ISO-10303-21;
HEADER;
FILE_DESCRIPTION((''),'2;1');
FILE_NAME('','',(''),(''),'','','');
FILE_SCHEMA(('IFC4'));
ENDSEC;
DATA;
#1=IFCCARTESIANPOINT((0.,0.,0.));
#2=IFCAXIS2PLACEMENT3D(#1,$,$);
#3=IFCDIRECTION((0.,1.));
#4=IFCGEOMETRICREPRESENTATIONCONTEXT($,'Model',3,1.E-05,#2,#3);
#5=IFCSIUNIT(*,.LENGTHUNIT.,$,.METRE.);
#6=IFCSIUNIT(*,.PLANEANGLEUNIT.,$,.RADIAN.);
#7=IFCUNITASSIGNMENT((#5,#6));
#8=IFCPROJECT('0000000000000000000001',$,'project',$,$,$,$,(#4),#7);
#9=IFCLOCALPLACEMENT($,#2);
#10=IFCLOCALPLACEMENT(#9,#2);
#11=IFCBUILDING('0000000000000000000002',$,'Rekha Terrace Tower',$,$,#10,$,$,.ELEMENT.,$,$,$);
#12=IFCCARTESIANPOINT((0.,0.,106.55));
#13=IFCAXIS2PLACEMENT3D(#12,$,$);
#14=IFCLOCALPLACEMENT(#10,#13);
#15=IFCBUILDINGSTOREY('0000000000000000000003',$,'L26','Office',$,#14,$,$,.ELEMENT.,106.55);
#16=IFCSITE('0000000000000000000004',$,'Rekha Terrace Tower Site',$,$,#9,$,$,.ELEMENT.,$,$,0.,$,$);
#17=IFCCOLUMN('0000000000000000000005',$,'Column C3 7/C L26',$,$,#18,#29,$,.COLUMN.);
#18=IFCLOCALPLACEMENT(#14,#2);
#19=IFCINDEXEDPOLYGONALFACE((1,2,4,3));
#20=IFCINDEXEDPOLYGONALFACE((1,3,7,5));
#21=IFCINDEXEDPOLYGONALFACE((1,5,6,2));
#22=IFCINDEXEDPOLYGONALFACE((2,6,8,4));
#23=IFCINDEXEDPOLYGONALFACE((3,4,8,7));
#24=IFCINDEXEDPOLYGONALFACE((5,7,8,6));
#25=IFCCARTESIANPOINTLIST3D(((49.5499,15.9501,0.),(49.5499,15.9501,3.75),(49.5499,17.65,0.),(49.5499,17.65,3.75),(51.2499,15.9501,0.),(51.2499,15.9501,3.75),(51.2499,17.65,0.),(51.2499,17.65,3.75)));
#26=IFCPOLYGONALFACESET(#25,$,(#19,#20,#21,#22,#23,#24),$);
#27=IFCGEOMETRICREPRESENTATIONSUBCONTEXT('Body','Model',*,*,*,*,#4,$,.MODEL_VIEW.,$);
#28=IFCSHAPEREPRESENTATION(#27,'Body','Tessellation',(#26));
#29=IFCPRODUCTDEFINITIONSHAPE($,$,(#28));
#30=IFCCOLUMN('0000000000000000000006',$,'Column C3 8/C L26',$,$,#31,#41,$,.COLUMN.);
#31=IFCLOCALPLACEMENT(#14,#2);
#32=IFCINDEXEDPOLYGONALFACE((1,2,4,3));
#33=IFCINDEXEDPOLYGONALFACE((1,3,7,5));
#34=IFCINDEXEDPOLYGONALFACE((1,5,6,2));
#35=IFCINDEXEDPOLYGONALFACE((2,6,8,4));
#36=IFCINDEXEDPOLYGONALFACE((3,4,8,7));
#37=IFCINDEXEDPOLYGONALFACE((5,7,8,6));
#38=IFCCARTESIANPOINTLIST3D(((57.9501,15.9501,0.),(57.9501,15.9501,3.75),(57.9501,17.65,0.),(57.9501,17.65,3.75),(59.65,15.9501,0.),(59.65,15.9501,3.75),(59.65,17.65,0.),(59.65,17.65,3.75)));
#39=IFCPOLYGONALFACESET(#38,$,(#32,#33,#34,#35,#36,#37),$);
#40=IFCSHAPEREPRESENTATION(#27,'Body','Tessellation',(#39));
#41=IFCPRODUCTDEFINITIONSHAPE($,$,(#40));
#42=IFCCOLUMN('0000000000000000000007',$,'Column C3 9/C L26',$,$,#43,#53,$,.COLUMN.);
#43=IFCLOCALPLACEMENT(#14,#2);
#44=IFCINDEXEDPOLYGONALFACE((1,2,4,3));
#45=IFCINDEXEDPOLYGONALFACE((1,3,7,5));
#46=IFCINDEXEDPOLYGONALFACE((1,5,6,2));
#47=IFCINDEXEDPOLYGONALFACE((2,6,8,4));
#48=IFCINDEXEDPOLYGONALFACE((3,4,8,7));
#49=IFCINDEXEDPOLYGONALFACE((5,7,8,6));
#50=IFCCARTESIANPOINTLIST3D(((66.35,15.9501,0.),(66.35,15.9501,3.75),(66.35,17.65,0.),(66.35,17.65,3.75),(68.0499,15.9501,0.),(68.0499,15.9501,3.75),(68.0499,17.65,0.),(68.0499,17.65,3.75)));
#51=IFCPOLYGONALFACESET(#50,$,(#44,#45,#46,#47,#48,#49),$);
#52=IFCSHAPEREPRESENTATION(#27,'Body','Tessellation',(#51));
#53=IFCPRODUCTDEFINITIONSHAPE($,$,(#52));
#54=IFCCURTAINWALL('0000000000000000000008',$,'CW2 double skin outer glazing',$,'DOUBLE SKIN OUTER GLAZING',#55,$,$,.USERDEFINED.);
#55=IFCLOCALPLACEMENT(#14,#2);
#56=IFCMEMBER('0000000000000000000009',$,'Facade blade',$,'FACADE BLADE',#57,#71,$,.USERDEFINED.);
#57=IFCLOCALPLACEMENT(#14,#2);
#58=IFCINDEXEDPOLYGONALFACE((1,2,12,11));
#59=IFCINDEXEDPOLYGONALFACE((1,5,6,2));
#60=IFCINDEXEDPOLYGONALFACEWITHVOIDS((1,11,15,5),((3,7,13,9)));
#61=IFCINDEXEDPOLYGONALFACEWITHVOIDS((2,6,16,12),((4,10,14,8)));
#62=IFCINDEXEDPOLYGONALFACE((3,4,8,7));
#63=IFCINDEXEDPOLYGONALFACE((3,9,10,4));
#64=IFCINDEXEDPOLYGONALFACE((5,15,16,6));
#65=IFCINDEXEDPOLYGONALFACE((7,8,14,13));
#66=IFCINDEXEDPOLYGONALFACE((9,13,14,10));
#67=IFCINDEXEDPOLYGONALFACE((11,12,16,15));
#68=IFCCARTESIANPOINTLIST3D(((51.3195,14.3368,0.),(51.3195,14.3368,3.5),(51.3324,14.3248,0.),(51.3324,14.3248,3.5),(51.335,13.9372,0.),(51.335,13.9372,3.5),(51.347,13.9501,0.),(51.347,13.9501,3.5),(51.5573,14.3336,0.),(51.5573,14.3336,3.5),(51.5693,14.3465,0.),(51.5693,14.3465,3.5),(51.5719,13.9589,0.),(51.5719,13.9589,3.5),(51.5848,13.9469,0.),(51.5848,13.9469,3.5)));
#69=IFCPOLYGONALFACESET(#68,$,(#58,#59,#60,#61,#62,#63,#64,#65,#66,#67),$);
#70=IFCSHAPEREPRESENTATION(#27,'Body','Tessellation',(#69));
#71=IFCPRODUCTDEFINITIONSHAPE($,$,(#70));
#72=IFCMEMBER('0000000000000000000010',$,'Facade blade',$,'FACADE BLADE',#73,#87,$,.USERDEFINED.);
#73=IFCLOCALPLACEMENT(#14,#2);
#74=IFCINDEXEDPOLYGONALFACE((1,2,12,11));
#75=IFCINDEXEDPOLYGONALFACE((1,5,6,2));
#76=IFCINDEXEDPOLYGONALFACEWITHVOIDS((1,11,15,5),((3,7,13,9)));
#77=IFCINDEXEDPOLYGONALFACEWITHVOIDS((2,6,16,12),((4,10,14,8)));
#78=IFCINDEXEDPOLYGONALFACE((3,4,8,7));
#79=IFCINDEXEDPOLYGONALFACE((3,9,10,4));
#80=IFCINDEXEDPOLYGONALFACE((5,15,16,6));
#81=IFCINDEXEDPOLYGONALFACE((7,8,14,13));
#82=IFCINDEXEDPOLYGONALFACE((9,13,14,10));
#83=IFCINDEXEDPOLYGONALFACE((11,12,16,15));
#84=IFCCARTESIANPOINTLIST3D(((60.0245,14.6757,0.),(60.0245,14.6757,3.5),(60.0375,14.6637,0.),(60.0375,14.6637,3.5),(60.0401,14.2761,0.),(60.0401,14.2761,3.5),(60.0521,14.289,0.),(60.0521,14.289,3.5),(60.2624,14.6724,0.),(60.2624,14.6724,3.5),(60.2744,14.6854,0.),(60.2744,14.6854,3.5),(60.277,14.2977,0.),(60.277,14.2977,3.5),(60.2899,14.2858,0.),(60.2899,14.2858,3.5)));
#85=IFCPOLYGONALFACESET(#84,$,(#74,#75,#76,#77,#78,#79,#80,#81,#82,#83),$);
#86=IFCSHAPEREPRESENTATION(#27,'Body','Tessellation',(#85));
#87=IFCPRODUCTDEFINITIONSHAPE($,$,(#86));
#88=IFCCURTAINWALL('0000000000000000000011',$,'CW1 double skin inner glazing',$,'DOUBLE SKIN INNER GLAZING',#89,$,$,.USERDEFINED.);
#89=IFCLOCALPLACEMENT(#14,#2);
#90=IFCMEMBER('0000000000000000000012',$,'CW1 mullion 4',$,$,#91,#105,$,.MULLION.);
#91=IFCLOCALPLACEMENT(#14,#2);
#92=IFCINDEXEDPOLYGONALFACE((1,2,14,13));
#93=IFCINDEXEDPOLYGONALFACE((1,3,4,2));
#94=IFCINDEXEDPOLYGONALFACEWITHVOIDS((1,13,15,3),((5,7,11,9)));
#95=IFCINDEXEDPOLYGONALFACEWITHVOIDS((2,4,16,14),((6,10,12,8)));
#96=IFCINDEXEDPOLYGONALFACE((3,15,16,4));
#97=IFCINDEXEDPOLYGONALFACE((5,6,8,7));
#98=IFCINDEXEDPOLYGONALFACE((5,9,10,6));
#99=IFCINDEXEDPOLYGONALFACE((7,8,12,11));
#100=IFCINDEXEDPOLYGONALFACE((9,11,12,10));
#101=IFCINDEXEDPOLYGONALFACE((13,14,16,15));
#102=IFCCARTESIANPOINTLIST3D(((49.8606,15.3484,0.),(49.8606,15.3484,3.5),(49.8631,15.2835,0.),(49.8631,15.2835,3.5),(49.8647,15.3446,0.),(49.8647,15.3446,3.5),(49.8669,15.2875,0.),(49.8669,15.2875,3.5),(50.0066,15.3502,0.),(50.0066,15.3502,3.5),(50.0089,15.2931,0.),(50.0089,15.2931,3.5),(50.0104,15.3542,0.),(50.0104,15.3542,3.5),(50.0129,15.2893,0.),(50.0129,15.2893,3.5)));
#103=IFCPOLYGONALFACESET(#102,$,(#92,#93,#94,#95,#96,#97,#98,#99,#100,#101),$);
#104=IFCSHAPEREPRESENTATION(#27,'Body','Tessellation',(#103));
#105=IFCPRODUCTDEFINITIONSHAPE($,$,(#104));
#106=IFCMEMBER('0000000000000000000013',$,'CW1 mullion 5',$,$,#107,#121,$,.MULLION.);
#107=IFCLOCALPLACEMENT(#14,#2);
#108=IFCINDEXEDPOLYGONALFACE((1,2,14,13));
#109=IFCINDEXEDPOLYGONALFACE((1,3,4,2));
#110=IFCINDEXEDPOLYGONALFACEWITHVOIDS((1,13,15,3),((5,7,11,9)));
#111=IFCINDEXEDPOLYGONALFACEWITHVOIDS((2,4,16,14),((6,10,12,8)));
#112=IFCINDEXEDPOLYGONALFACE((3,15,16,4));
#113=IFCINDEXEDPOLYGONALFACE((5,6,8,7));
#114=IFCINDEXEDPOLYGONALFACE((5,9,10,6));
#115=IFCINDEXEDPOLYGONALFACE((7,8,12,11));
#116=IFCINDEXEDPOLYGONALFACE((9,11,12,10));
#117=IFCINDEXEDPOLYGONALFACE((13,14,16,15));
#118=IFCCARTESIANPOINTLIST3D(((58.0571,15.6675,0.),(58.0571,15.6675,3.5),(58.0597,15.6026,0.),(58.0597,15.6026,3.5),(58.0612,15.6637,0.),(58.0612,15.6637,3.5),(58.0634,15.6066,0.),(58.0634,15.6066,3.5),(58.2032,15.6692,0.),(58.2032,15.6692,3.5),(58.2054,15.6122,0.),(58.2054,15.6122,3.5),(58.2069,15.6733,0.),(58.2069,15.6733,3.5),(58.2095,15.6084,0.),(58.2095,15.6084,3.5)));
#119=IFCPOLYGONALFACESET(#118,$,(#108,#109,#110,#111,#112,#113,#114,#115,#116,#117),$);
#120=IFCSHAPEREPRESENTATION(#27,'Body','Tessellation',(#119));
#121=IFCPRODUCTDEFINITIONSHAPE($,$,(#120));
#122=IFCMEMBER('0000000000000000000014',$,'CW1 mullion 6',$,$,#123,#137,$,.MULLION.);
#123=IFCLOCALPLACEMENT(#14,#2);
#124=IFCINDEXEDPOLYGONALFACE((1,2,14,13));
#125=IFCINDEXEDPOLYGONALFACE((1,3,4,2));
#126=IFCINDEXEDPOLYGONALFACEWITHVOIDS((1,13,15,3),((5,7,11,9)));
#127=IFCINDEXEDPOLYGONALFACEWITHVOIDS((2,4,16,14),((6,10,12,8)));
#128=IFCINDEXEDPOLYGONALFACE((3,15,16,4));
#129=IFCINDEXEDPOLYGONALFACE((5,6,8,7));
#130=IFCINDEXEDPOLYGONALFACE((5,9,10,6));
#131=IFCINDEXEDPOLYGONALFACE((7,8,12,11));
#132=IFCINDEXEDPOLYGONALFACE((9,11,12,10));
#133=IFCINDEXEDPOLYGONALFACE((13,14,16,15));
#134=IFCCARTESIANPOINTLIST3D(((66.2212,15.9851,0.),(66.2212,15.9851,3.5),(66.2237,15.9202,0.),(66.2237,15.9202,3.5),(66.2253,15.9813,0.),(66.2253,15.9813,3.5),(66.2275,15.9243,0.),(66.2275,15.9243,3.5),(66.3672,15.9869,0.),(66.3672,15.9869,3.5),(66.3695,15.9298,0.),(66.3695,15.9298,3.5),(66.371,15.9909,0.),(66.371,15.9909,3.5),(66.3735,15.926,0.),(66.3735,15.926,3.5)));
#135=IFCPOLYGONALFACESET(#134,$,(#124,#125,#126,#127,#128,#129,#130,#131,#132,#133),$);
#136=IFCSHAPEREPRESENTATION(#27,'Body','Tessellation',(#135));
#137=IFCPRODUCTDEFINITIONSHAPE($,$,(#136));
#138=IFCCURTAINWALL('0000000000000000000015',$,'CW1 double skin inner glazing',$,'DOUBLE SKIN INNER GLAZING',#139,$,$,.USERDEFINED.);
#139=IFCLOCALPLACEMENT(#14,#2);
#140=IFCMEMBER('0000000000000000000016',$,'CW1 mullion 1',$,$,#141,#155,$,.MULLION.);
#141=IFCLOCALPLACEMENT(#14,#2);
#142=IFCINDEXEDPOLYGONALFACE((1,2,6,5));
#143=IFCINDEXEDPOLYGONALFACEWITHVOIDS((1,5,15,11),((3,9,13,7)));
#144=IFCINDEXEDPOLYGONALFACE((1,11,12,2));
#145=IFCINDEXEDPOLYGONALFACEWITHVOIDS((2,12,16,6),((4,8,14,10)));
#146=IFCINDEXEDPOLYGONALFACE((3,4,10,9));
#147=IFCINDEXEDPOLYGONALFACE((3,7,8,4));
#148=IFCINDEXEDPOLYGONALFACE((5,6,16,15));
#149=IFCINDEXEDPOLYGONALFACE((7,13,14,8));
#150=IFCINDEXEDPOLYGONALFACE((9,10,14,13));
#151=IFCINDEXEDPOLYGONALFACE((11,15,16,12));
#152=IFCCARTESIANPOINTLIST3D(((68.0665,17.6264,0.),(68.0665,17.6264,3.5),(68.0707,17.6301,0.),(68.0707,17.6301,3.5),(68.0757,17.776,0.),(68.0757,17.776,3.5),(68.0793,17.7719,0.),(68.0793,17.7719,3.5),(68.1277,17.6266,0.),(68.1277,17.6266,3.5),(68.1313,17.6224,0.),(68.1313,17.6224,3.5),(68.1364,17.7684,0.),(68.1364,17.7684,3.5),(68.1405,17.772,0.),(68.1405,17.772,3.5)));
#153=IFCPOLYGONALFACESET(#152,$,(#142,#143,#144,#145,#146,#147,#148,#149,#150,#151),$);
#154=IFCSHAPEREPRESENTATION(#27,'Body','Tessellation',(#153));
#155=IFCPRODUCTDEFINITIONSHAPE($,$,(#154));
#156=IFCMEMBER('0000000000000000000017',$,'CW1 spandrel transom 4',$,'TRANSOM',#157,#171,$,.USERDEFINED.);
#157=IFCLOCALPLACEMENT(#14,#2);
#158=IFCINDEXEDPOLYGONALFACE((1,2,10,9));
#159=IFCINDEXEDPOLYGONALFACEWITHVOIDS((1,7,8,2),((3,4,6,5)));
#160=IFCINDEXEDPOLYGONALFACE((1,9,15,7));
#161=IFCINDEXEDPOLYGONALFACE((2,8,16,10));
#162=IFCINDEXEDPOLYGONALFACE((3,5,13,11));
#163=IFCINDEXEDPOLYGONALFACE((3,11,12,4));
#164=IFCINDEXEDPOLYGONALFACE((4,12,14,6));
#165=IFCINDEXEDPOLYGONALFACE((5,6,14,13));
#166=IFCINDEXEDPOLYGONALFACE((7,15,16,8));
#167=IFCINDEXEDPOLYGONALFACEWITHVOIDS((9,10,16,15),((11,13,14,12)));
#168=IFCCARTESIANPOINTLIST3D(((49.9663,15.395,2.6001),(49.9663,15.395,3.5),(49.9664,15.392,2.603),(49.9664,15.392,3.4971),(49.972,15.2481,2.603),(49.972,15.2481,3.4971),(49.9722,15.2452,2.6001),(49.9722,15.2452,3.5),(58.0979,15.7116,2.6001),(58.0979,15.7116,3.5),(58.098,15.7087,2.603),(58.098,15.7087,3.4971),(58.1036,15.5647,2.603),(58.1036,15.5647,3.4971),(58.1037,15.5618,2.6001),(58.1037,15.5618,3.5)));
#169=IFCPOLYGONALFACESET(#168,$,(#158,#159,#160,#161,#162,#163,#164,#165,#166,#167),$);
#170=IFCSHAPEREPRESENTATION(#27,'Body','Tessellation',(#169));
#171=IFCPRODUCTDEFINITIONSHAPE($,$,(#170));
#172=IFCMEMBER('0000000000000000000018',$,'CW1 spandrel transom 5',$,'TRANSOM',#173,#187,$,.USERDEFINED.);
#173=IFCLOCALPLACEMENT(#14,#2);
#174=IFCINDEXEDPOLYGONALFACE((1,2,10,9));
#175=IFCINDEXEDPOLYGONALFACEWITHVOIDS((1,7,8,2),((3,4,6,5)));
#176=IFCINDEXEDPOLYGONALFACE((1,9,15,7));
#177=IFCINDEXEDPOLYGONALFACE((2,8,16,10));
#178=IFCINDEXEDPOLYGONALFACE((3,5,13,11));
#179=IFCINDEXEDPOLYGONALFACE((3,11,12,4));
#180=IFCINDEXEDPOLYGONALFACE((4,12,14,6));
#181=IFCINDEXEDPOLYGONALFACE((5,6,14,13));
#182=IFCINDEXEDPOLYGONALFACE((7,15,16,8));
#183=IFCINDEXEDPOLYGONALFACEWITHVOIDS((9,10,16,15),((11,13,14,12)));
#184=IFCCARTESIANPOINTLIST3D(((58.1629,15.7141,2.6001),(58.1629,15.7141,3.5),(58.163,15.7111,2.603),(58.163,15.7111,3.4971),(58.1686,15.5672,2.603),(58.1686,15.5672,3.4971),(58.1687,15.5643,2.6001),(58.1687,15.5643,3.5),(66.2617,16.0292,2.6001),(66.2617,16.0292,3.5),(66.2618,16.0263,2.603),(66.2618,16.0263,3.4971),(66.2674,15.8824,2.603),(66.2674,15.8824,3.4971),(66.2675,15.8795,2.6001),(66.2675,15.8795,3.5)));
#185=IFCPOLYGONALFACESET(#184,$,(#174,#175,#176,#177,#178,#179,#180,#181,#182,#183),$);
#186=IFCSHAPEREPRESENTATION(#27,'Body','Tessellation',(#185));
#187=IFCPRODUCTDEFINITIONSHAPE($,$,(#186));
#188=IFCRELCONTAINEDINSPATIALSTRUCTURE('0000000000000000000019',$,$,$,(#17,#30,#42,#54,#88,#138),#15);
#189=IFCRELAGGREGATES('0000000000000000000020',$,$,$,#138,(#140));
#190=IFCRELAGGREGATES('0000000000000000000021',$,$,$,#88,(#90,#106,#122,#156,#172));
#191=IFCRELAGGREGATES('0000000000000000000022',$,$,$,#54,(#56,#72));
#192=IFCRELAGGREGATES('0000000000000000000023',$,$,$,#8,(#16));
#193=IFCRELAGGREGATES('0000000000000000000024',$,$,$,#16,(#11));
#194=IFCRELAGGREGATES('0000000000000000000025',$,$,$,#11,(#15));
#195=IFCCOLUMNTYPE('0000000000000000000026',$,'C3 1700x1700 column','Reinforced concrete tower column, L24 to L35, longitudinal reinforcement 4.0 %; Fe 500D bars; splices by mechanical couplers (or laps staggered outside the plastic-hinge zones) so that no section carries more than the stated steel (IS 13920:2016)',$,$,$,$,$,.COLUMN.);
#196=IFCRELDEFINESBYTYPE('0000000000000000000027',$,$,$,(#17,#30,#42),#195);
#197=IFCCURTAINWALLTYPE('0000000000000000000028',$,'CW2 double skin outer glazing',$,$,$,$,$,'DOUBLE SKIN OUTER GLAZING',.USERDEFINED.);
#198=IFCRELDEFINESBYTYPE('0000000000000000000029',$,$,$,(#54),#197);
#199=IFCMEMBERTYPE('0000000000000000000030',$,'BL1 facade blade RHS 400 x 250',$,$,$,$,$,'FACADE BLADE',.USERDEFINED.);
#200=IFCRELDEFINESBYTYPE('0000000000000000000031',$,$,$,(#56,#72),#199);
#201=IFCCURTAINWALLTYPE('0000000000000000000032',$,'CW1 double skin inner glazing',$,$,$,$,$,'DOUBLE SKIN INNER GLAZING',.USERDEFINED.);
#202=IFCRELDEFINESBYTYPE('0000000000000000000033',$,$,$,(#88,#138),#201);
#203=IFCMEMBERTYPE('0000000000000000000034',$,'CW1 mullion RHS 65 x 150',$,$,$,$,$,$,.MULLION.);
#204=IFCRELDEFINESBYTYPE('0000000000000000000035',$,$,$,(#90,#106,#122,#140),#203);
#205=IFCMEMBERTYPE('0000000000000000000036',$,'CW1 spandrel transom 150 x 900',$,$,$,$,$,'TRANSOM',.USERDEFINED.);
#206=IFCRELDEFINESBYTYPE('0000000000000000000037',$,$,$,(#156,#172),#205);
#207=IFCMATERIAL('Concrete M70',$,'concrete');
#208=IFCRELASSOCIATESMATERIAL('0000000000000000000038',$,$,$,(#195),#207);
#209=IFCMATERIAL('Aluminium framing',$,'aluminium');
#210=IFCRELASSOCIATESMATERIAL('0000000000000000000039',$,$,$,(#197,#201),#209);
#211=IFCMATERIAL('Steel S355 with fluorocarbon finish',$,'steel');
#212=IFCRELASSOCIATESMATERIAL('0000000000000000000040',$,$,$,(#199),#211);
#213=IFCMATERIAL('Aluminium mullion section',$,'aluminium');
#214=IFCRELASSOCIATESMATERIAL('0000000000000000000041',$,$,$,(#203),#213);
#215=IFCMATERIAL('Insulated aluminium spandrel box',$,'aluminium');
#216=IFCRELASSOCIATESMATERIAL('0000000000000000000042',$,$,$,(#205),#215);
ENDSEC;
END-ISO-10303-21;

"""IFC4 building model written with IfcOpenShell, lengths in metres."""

from ifc_helpers import new_model, si_unit, direction, frame, origin, origin_2d, place, context, subcontext, project, spatial, rectangle, hollow_rectangle, extrude, material, material_profile, profile_set, type_object, element, aggregate, save


model = new_model("IFC4")

# Units and contexts
model_context = context("Model", 3, precision=1e-05, world=origin(), true_north=direction((0.0, 1.0)))
body_context = subcontext(model_context, "Body", "Model", "MODEL_VIEW")
ifc_project = project(units=[si_unit("LENGTHUNIT", "METRE"), si_unit("PLANEANGLEUNIT", "RADIAN")], contexts=[model_context])

# Site, building, storey
site_placement = place(None, origin())
site = spatial("IfcSite", under=ifc_project, at=site_placement, Name="Rekha Terrace Tower Site", CompositionType="ELEMENT", RefElevation=0.0)
building_placement = place(site_placement, origin())
building = spatial("IfcBuilding", under=site, at=building_placement, Name="Rekha Terrace Tower", CompositionType="ELEMENT")
storey_placement = place(building_placement, frame((0.0, 0.0, 106.55)))
storey = spatial("IfcBuildingStorey", under=building, at=storey_placement, Name="L26", Description="Office", CompositionType="ELEMENT", Elevation=106.55)

# Columns
ifc_material_1 = material(Name="Concrete M70", Category="concrete")
ifc_material_profile_1 = material_profile(ifc_material_1, rectangle(XDim=1.7, YDim=1.7, at=origin_2d()), Name="RC 1700x1700")
ifc_profile_set_1 = profile_set([ifc_material_profile_1], Name="Concrete M70")
column_type = type_object("IfcColumnType", Name="C3 1700x1700 column", Description="Reinforced concrete tower column, L24 to L35, longitudinal reinforcement 4.0 %; Fe 500D bars; splices by mechanical couplers (or laps staggered outside the plastic-hinge zones) so that no section carries more than the stated steel (IS 13920:2016)", PredefinedType="COLUMN", material=ifc_profile_set_1)
for number, where, z_axis, x_axis, name in (
    (1, (50.3999, 16.8, 0.0), (0.0, 0.0, 1.0), (1.0, 0.0, 0.0), "Column C3 7/C L26"),
    (2, (58.8, 16.8, 0.0), (0.0, 0.0, 1.0), (1.0, 0.0, 0.0), "Column C3 8/C L26"),
    (3, (67.2, 16.8, 0.0), (0.0, 0.0, 1.0), (1.0, 0.0, 0.0), "Column C3 9/C L26"),
):
    element("IfcColumn", number, at=place(storey_placement, frame(where, z_axis=z_axis, x_axis=x_axis)), inside=storey, type_object=column_type, Name=name, PredefinedType="COLUMN", context=body_context, shape_type="SweptSolid", body=[
        extrude(rectangle(XDim=1.7, YDim=1.7, at=origin_2d()), origin(), (0.0, 0.0, 1.0), 3.75),
    ])

# Curtain walls, members
ifc_material_2 = material(Name="Aluminium framing", Category="aluminium")
curtain_wall_type_1 = type_object("IfcCurtainWallType", Name="CW2 double skin outer glazing", ElementType="DOUBLE SKIN OUTER GLAZING", PredefinedType="USERDEFINED", material=ifc_material_2)
curtain_wall_1_placement = place(storey_placement, origin())
curtain_wall_1 = element("IfcCurtainWall", 4, at=curtain_wall_1_placement, inside=storey, type_object=curtain_wall_type_1, Name="CW2 double skin outer glazing", ObjectType="DOUBLE SKIN OUTER GLAZING", PredefinedType="USERDEFINED")
ifc_material_3 = material(Name="Steel S355 with fluorocarbon finish", Category="steel")
ifc_material_profile_2 = material_profile(ifc_material_3, hollow_rectangle(XDim=0.25, YDim=0.3999, WallThickness=0.0125, at=origin_2d()), Name="RHS400x250x12.5")
ifc_profile_set_2 = profile_set([ifc_material_profile_2], Name="Steel S355 with fluorocarbon finish")
member_type_1 = type_object("IfcMemberType", Name="BL1 facade blade RHS 400 x 250", ElementType="FACADE BLADE", PredefinedType="USERDEFINED", material=ifc_profile_set_2)
member_1_placement = place(storey_placement, frame((51.4521, 14.1418, 0.0), z_axis=(0.0, 0.0, 1.0), x_axis=(0.999243, 0.03889, 0.0)))
member_1 = element("IfcMember", 5, at=member_1_placement, type_object=member_type_1, Name="Facade blade", ObjectType="FACADE BLADE", PredefinedType="USERDEFINED", context=body_context, shape_type="SweptSolid", body=[
    extrude(hollow_rectangle(XDim=0.25, YDim=0.3999, WallThickness=0.0125, at=origin_2d()), origin(), (0.0, 0.0, 1.0), 3.5),
])
member_2_placement = place(storey_placement, frame((60.1572, 14.4807, 0.0), z_axis=(0.0, 0.0, 1.0), x_axis=(0.999243, 0.03889, 0.0)))
member_2 = element("IfcMember", 6, at=member_2_placement, type_object=member_type_1, Name="Facade blade", ObjectType="FACADE BLADE", PredefinedType="USERDEFINED", context=body_context, shape_type="SweptSolid", body=[
    extrude(hollow_rectangle(XDim=0.25, YDim=0.3999, WallThickness=0.0125, at=origin_2d()), origin(), (0.0, 0.0, 1.0), 3.5),
])
curtain_wall_type_2 = type_object("IfcCurtainWallType", Name="CW1 double skin inner glazing", ElementType="DOUBLE SKIN INNER GLAZING", PredefinedType="USERDEFINED", material=ifc_material_2)
curtain_wall_2_placement = place(storey_placement, origin())
curtain_wall_2 = element("IfcCurtainWall", 7, at=curtain_wall_2_placement, inside=storey, type_object=curtain_wall_type_2, Name="CW1 double skin inner glazing", ObjectType="DOUBLE SKIN INNER GLAZING", PredefinedType="USERDEFINED")
ifc_material_4 = material(Name="Aluminium mullion section", Category="aluminium")
ifc_material_profile_3 = material_profile(ifc_material_4, hollow_rectangle(XDim=0.0649, YDim=0.1499, WallThickness=0.0039, at=origin_2d()), Name="AL RHS 65x150")
ifc_profile_set_3 = profile_set([ifc_material_profile_3], Name="Aluminium mullion section")
member_type_2 = type_object("IfcMemberType", Name="CW1 mullion RHS 65 x 150", PredefinedType="MULLION", material=ifc_profile_set_3)
member_3_placement = place(storey_placement, frame((49.9368, 15.3188, 0.0), z_axis=(0.0, 0.0, 1.0), x_axis=(-0.03889, 0.999243, 0.0)))
member_3 = element("IfcMember", 8, at=member_3_placement, type_object=member_type_2, Name="CW1 mullion 4", PredefinedType="MULLION", context=body_context, shape_type="SweptSolid", body=[
    extrude(hollow_rectangle(XDim=0.0649, YDim=0.1499, WallThickness=0.0039, at=origin_2d()), origin(), (0.0, 0.0, 1.0), 3.5),
])
member_4_placement = place(storey_placement, frame((58.1333, 15.6379, 0.0), z_axis=(0.0, 0.0, 1.0), x_axis=(-0.03889, 0.999243, 0.0)))
member_4 = element("IfcMember", 9, at=member_4_placement, type_object=member_type_2, Name="CW1 mullion 5", PredefinedType="MULLION", context=body_context, shape_type="SweptSolid", body=[
    extrude(hollow_rectangle(XDim=0.0649, YDim=0.1499, WallThickness=0.0039, at=origin_2d()), origin(), (0.0, 0.0, 1.0), 3.5),
])
member_5_placement = place(storey_placement, frame((66.2974, 15.9556, 0.0), z_axis=(0.0, 0.0, 1.0), x_axis=(-0.03889, 0.999243, 0.0)))
member_5 = element("IfcMember", 10, at=member_5_placement, type_object=member_type_2, Name="CW1 mullion 6", PredefinedType="MULLION", context=body_context, shape_type="SweptSolid", body=[
    extrude(hollow_rectangle(XDim=0.0649, YDim=0.1499, WallThickness=0.0039, at=origin_2d()), origin(), (0.0, 0.0, 1.0), 3.5),
])

# Curtain wall, member
curtain_wall_3_placement = place(storey_placement, origin())
curtain_wall_3 = element("IfcCurtainWall", 11, at=curtain_wall_3_placement, inside=storey, type_object=curtain_wall_type_2, Name="CW1 double skin inner glazing", ObjectType="DOUBLE SKIN INNER GLAZING", PredefinedType="USERDEFINED")
member_6_placement = place(storey_placement, frame((68.1035, 17.6992, 0.0), z_axis=(0.0, 0.0, 1.0), x_axis=(-0.998128, 0.06116, 0.0)))
member_6 = element("IfcMember", 12, at=member_6_placement, type_object=member_type_2, Name="CW1 mullion 1", PredefinedType="MULLION", context=body_context, shape_type="SweptSolid", body=[
    extrude(hollow_rectangle(XDim=0.0649, YDim=0.1499, WallThickness=0.0039, at=origin_2d()), origin(), (0.0, 0.0, 1.0), 3.5),
])

# Members
ifc_material_5 = material(Name="Insulated aluminium spandrel box", Category="aluminium")
ifc_material_profile_4 = material_profile(ifc_material_5, hollow_rectangle(XDim=0.1499, YDim=0.8999, WallThickness=0.0029, at=origin_2d()), Name="AL SPANDREL BOX 150x900")
ifc_profile_set_4 = profile_set([ifc_material_profile_4], Name="Insulated aluminium spandrel box")
member_type_3 = type_object("IfcMemberType", Name="CW1 spandrel transom 150 x 900", ElementType="TRANSOM", PredefinedType="USERDEFINED", material=ifc_profile_set_4)
member_7_placement = place(storey_placement, frame((49.9692, 15.3201, 3.05), z_axis=(0.999243, 0.038911, 0.0), x_axis=(-0.038911, 0.999243, 0.0)))
member_7 = element("IfcMember", 13, at=member_7_placement, type_object=member_type_3, Name="CW1 spandrel transom 4", ObjectType="TRANSOM", PredefinedType="USERDEFINED", context=body_context, shape_type="SweptSolid", body=[
    extrude(hollow_rectangle(XDim=0.1499, YDim=0.8999, WallThickness=0.0029, at=origin_2d()), origin(), (0.0, 0.0, 1.0), 8.1377),
])
member_8_placement = place(storey_placement, frame((58.1658, 15.6392, 3.05), z_axis=(0.999244, 0.038888, 0.0), x_axis=(-0.038888, 0.999244, 0.0)))
member_8 = element("IfcMember", 14, at=member_8_placement, type_object=member_type_3, Name="CW1 spandrel transom 5", ObjectType="TRANSOM", PredefinedType="USERDEFINED", context=body_context, shape_type="SweptSolid", body=[
    extrude(hollow_rectangle(XDim=0.1499, YDim=0.8999, WallThickness=0.0029, at=origin_2d()), origin(), (0.0, 0.0, 1.0), 8.105),
])
aggregate(curtain_wall_3, [member_6])

aggregate(curtain_wall_2, [member_3, member_4, member_5, member_7, member_8])
aggregate(curtain_wall_1, [member_1, member_2])

save(model, "model.ifc")
